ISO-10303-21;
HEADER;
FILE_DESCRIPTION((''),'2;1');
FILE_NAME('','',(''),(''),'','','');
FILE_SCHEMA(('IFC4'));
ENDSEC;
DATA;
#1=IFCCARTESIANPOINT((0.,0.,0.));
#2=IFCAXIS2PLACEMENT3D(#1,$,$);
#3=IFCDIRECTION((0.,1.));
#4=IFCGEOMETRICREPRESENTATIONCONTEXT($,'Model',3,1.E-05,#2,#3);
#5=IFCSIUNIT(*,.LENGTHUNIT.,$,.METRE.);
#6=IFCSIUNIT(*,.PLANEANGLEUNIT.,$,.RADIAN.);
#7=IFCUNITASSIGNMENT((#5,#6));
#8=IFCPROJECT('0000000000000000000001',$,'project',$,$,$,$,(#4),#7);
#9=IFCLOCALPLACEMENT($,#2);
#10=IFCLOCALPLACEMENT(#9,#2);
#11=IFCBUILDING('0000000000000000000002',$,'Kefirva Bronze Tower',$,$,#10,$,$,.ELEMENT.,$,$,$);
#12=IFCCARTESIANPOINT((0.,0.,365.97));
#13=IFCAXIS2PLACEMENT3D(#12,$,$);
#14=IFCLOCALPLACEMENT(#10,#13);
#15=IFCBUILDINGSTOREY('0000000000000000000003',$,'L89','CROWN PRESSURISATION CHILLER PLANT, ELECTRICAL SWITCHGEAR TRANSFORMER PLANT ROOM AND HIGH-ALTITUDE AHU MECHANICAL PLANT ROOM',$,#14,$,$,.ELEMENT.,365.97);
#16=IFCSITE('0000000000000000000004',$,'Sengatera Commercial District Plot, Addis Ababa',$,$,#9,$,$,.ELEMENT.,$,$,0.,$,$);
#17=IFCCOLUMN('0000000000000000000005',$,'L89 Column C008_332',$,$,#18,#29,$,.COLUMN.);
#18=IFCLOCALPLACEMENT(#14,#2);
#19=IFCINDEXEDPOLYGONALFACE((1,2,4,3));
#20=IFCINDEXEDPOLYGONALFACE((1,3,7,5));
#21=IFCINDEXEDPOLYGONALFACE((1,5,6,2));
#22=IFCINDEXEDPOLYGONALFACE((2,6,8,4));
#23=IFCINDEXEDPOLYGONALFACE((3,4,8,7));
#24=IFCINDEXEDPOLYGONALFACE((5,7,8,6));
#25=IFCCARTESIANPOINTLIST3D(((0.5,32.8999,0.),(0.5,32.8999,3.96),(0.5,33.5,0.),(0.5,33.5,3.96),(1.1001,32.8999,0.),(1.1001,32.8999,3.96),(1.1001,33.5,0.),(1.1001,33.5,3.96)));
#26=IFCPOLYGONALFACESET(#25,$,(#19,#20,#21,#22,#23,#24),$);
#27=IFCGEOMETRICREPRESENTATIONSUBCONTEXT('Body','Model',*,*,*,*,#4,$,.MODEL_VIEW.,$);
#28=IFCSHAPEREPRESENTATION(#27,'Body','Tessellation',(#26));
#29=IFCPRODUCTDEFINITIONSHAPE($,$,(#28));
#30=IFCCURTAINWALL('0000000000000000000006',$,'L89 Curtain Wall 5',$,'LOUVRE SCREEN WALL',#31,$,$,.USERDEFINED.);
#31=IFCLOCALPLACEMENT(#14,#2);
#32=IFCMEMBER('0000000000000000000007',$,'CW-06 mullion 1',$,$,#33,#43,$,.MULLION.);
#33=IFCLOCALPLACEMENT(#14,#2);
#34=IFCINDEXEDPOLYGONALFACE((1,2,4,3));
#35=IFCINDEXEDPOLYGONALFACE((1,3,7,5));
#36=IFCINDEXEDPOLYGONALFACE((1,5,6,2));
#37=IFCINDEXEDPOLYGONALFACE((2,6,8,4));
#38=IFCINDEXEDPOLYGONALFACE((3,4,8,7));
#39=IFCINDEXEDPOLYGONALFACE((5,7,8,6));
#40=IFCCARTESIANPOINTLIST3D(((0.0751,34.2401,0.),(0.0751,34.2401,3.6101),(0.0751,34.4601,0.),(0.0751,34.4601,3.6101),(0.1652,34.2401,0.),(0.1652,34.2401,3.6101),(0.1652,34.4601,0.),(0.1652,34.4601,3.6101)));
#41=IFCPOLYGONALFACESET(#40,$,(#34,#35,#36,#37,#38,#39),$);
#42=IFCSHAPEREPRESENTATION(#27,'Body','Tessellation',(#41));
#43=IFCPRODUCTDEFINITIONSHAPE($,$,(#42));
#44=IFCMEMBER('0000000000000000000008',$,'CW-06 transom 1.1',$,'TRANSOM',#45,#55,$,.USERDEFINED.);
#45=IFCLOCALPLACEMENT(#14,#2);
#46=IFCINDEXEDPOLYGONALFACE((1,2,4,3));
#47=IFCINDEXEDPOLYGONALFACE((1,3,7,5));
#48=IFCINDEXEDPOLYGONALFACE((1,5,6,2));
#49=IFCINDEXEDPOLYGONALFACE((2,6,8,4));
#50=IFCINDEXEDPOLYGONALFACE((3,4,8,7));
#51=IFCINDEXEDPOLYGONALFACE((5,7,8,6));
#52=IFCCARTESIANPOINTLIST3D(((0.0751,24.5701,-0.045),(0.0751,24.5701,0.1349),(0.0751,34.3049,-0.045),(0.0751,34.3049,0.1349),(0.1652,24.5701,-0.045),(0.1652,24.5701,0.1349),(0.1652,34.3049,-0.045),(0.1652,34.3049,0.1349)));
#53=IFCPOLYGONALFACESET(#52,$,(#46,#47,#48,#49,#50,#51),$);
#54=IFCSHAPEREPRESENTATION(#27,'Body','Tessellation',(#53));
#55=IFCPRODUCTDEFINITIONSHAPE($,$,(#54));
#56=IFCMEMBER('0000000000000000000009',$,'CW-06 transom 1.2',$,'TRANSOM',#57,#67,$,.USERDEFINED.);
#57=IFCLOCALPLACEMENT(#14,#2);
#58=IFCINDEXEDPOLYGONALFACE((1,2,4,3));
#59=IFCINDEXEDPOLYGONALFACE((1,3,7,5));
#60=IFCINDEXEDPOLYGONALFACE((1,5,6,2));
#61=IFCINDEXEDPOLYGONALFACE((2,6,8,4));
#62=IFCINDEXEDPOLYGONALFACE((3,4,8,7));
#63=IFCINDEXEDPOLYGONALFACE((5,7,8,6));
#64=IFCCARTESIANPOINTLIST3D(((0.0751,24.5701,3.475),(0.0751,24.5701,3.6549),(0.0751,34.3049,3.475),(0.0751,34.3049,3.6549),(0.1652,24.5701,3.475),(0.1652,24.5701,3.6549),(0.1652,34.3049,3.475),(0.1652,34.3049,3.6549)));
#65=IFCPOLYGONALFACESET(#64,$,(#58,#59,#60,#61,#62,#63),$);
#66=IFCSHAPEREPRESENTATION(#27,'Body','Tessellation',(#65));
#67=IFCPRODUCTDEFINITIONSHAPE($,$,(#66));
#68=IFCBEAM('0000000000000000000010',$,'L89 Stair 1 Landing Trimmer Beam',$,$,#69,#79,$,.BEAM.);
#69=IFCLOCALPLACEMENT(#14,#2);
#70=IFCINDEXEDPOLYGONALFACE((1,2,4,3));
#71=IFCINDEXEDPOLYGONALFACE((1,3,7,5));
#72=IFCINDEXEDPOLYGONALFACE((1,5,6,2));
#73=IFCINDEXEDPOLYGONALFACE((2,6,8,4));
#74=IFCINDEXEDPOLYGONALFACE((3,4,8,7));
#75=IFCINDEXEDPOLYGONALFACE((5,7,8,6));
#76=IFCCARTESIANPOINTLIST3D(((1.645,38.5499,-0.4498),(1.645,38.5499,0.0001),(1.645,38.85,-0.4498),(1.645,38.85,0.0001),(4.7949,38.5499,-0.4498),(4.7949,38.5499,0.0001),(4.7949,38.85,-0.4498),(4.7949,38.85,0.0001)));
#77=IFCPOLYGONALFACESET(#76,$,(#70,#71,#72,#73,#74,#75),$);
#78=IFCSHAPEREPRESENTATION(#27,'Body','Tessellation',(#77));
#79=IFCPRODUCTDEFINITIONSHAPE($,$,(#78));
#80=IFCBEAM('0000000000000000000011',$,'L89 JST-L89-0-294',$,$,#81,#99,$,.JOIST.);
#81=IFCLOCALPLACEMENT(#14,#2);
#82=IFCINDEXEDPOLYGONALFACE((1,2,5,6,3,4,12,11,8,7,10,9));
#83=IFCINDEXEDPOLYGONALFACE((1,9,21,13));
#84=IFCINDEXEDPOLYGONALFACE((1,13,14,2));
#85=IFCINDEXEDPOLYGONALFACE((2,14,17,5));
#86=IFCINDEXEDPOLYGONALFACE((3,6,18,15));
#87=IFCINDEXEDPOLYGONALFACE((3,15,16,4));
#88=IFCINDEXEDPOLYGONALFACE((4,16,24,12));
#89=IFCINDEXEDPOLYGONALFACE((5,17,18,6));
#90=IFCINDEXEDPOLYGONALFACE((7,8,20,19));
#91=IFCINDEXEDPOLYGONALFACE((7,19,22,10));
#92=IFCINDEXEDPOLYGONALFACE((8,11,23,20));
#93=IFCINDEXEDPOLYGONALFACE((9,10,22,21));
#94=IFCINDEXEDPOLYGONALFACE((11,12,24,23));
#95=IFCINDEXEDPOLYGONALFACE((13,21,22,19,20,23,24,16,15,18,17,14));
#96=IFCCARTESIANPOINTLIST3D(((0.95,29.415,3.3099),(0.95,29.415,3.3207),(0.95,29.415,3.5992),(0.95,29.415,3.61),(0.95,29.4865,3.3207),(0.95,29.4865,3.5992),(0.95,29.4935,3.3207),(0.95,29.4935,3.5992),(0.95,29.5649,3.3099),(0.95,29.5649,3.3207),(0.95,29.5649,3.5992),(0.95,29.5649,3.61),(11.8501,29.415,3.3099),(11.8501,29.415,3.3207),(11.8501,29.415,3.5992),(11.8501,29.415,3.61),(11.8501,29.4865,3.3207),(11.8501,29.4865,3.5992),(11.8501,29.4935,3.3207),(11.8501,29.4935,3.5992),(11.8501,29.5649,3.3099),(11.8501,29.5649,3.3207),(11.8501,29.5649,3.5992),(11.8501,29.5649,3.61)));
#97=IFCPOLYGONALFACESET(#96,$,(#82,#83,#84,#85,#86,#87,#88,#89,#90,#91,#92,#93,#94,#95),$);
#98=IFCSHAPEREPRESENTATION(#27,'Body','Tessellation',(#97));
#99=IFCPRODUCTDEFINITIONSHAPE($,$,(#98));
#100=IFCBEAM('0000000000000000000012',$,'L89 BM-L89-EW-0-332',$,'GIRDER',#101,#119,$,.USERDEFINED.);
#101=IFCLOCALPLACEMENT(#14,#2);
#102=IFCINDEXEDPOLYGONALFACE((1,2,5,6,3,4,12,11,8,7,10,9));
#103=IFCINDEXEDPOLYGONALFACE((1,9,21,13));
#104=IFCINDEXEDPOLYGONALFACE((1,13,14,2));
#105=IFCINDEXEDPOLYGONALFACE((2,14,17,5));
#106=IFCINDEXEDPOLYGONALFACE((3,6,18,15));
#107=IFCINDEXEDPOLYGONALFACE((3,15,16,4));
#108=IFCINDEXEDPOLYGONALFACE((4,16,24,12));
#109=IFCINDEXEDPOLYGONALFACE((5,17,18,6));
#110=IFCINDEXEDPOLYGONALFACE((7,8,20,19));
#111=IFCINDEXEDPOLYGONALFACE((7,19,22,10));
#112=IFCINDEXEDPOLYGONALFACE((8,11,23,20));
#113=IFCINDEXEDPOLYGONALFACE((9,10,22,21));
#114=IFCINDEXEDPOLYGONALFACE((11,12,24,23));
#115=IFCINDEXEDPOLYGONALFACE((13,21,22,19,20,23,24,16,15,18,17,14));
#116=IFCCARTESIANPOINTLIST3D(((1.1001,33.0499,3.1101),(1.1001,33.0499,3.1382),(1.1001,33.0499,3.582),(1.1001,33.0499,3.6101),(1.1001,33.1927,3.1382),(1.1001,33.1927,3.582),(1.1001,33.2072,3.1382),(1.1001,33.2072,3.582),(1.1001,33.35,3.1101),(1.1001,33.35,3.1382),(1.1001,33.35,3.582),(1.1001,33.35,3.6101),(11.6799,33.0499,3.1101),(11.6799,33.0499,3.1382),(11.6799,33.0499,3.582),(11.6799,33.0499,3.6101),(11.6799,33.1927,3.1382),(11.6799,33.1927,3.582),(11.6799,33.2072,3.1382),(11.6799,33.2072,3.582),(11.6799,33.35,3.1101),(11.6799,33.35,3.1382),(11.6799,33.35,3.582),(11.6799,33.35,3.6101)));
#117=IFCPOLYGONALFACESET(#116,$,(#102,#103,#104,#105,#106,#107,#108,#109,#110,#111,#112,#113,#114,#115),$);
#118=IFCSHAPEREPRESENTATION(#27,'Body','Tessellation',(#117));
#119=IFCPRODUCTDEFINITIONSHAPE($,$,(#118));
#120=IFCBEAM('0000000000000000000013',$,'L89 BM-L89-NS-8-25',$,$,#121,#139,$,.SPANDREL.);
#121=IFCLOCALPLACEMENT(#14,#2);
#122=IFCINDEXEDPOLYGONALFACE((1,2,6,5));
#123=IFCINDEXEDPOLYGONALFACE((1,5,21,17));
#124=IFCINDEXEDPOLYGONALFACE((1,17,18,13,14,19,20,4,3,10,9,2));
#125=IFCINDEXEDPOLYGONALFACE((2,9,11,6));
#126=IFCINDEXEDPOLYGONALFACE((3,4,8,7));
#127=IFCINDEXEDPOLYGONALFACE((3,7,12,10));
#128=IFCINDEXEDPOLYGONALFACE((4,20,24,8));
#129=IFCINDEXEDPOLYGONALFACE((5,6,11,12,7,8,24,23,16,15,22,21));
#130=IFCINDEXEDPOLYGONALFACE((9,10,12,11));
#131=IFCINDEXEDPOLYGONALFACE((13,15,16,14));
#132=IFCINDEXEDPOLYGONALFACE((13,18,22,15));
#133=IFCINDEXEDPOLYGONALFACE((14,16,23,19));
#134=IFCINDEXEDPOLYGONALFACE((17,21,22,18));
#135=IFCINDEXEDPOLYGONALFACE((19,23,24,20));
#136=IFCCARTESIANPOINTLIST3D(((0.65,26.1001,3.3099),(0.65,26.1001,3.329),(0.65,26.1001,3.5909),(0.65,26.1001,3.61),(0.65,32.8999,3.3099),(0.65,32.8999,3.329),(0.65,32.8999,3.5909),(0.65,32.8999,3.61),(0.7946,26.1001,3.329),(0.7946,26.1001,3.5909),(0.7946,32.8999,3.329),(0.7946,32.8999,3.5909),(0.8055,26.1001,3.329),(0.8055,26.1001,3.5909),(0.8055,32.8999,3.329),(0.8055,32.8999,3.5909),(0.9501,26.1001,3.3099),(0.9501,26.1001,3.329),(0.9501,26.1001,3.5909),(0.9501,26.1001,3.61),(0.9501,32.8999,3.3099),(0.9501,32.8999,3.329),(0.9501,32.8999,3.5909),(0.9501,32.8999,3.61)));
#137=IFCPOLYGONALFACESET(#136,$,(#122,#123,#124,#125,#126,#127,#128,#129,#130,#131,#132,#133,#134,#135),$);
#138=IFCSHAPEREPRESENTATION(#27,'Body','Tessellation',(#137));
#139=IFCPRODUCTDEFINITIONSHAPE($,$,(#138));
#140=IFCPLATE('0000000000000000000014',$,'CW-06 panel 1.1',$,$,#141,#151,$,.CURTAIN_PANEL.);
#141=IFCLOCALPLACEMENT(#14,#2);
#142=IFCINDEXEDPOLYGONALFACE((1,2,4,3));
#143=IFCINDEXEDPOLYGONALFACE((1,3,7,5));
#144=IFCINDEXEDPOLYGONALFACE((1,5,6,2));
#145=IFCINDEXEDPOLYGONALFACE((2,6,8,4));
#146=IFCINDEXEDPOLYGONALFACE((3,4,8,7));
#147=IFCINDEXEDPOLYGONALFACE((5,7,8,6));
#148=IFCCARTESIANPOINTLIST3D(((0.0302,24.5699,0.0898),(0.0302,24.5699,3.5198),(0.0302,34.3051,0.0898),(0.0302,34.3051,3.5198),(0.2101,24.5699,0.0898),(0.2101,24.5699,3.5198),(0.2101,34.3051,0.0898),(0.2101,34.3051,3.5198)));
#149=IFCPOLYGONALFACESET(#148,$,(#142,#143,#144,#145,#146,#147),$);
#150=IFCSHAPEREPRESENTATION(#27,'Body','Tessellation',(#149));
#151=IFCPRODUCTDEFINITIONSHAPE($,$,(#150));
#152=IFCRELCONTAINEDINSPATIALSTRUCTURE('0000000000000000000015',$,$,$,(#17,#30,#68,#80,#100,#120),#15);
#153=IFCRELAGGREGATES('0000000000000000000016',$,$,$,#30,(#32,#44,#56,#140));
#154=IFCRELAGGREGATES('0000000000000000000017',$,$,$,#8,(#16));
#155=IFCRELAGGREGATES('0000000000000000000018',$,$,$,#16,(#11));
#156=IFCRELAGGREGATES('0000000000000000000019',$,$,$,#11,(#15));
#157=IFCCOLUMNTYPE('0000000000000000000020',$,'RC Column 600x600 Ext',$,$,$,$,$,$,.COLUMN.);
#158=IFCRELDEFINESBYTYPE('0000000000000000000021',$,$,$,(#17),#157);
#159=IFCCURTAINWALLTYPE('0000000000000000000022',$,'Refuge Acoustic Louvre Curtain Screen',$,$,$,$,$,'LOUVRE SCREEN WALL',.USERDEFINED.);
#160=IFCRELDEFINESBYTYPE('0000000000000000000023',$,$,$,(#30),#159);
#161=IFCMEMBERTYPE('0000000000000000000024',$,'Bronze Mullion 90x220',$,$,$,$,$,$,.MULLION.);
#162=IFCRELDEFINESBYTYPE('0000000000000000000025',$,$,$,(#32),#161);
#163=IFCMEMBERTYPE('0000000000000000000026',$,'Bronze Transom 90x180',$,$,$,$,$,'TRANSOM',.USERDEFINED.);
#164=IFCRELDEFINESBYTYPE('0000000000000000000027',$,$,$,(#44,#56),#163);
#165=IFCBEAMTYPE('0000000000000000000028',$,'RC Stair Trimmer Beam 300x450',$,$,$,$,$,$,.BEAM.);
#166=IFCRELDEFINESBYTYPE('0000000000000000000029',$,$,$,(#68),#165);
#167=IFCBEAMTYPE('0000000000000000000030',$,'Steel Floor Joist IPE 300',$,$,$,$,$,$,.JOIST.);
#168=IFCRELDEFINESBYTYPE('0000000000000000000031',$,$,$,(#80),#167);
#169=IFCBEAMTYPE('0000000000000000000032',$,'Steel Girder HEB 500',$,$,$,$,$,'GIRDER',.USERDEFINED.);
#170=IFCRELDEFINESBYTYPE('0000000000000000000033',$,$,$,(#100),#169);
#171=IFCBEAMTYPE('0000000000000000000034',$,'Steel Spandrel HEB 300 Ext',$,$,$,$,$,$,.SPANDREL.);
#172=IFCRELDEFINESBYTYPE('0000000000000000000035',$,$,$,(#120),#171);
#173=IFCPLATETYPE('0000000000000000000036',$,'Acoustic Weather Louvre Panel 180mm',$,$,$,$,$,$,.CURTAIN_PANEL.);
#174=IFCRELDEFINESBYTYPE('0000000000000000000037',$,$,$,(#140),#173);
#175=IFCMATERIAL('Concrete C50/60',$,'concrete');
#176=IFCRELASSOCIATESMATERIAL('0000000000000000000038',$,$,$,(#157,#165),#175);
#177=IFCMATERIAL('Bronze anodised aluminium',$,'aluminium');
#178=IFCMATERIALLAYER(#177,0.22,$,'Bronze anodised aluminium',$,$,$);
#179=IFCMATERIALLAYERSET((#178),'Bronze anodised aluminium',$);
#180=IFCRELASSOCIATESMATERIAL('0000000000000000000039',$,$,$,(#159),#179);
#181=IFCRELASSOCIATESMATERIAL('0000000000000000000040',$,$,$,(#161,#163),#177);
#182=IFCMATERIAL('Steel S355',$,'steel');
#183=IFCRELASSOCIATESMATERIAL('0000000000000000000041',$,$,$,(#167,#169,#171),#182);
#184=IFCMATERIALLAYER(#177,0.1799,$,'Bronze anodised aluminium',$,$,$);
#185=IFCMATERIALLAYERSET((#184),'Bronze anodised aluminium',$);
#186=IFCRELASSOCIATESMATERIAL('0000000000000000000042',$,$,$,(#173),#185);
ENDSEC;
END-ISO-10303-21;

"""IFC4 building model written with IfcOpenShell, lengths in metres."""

from ifc_helpers import new_model, si_unit, direction, frame, origin, origin_2d, place, context, subcontext, project, spatial, rectangle, i_section, extrude, material, layer, layer_set, material_profile, profile_set, type_object, element, aggregate, save


model = new_model("IFC4")

# Units and contexts
model_context = context("Model", 3, precision=1e-05, world=origin(), true_north=direction((0.0, 1.0)))
body_context = subcontext(model_context, "Body", "Model", "MODEL_VIEW")
ifc_project = project(units=[si_unit("LENGTHUNIT", "METRE"), si_unit("PLANEANGLEUNIT", "RADIAN")], contexts=[model_context])

# Site, building, storey
site_placement = place(None, origin())
site = spatial("IfcSite", under=ifc_project, at=site_placement, Name="Sengatera Commercial District Plot, Addis Ababa", CompositionType="ELEMENT", RefElevation=0.0)
building_placement = place(site_placement, origin())
building = spatial("IfcBuilding", under=site, at=building_placement, Name="Kefirva Bronze Tower", CompositionType="ELEMENT")
storey_placement = place(building_placement, frame((0.0, 0.0, 365.97)))
storey = spatial("IfcBuildingStorey", under=building, at=storey_placement, Name="L89", Description="CROWN PRESSURISATION CHILLER PLANT, ELECTRICAL SWITCHGEAR TRANSFORMER PLANT ROOM AND HIGH-ALTITUDE AHU MECHANICAL PLANT ROOM", CompositionType="ELEMENT", Elevation=365.97)

# Column
ifc_material_1 = material(Name="Concrete C50/60", Category="concrete")
ifc_material_profile_1 = material_profile(ifc_material_1, rectangle(XDim=0.6001, YDim=0.6001, at=origin_2d()), Name="RC 600x600")
ifc_profile_set_1 = profile_set([ifc_material_profile_1], Name="Concrete C50/60")
column_type = type_object("IfcColumnType", Name="RC Column 600x600 Ext", PredefinedType="COLUMN", material=ifc_profile_set_1)
column_placement = place(storey_placement, frame((0.8, 33.2, 0.0), z_axis=(0.0, 0.0, 1.0), x_axis=(1.0, 0.0, 0.0)))
element("IfcColumn", 1, at=column_placement, inside=storey, type_object=column_type, Name="L89 Column C008_332", PredefinedType="COLUMN", context=body_context, shape_type="SweptSolid", body=[
    extrude(rectangle(XDim=0.6001, YDim=0.6001, at=origin_2d()), origin(), (0.0, 0.0, 1.0), 3.96),
])

# Curtain wall, members
ifc_material_2 = material(Name="Bronze anodised aluminium", Category="aluminium")
ifc_layer_1 = layer(ifc_material_2, 0.22, Name="Bronze anodised aluminium")
ifc_layer_set_1 = layer_set([ifc_layer_1], Name="Bronze anodised aluminium")
curtain_wall_type = type_object("IfcCurtainWallType", Name="Refuge Acoustic Louvre Curtain Screen", ElementType="LOUVRE SCREEN WALL", PredefinedType="USERDEFINED", material=ifc_layer_set_1)
curtain_wall_placement = place(storey_placement, origin())
curtain_wall = element("IfcCurtainWall", 2, at=curtain_wall_placement, inside=storey, type_object=curtain_wall_type, Name="L89 Curtain Wall 5", ObjectType="LOUVRE SCREEN WALL", PredefinedType="USERDEFINED")
ifc_material_profile_2 = material_profile(ifc_material_2, rectangle(XDim=0.0901, YDim=0.22, at=origin_2d()), Name="ALU 90x220")
ifc_profile_set_2 = profile_set([ifc_material_profile_2], Name="Bronze anodised aluminium")
member_type_1 = type_object("IfcMemberType", Name="Bronze Mullion 90x220", PredefinedType="MULLION", material=ifc_profile_set_2)
member_1_placement = place(storey_placement, frame((0.1201, 34.3501, 0.0), z_axis=(0.0, 0.0, 1.0), x_axis=(1.0, 0.0, 0.0)))
member_1 = element("IfcMember", 3, at=member_1_placement, type_object=member_type_1, Name="CW-06 mullion 1", PredefinedType="MULLION", context=body_context, shape_type="SweptSolid", body=[
    extrude(rectangle(XDim=0.0901, YDim=0.22, at=origin_2d()), origin(), (0.0, 0.0, 1.0), 3.6101),
])
ifc_material_profile_3 = material_profile(ifc_material_2, rectangle(XDim=0.0901, YDim=0.1799, at=origin_2d()), Name="ALU 90x180")
ifc_profile_set_3 = profile_set([ifc_material_profile_3], Name="Bronze anodised aluminium")
member_type_2 = type_object("IfcMemberType", Name="Bronze Transom 90x180", ElementType="TRANSOM", PredefinedType="USERDEFINED", material=ifc_profile_set_3)
member_2_placement = place(storey_placement, frame((0.1201, 34.3049, 0.0449), z_axis=(0.0, -1.0, 0.0), x_axis=(1.0, 0.0, 0.0)))
member_2 = element("IfcMember", 4, at=member_2_placement, type_object=member_type_2, Name="CW-06 transom 1.1", ObjectType="TRANSOM", PredefinedType="USERDEFINED", context=body_context, shape_type="SweptSolid", body=[
    extrude(rectangle(XDim=0.0901, YDim=0.1799, at=origin_2d()), origin(), (0.0, 0.0, 1.0), 9.7349),
])
member_3_placement = place(storey_placement, frame((0.1201, 34.3049, 3.5649), z_axis=(0.0, -1.0, 0.0), x_axis=(1.0, 0.0, 0.0)))
member_3 = element("IfcMember", 5, at=member_3_placement, type_object=member_type_2, Name="CW-06 transom 1.2", ObjectType="TRANSOM", PredefinedType="USERDEFINED", context=body_context, shape_type="SweptSolid", body=[
    extrude(rectangle(XDim=0.0901, YDim=0.1799, at=origin_2d()), origin(), (0.0, 0.0, 1.0), 9.7349),
])

# Beams
ifc_material_profile_4 = material_profile(ifc_material_1, rectangle(XDim=0.3, YDim=0.45, at=origin_2d()), Name="RC 300x450")
ifc_profile_set_4 = profile_set([ifc_material_profile_4], Name="Concrete C50/60")
beam_type_1 = type_object("IfcBeamType", Name="RC Stair Trimmer Beam 300x450", PredefinedType="BEAM", material=ifc_profile_set_4)
beam_1_placement = place(storey_placement, frame((1.645, 38.7, -0.2249), z_axis=(1.0, 0.0, 0.0), x_axis=(0.0, 1.0, 0.0)))
element("IfcBeam", 6, at=beam_1_placement, inside=storey, type_object=beam_type_1, Name="L89 Stair 1 Landing Trimmer Beam", PredefinedType="BEAM", context=body_context, shape_type="SweptSolid", body=[
    extrude(rectangle(XDim=0.3, YDim=0.45, at=origin_2d()), origin(), (0.0, 0.0, 1.0), 3.1499),
])
ifc_material_3 = material(Name="Steel S355", Category="steel")
ifc_material_profile_5 = material_profile(ifc_material_3, i_section(OverallWidth=0.1499, OverallDepth=0.3, WebThickness=0.0071, FlangeThickness=0.0107, at=origin_2d()), Name="IPE 300")
ifc_profile_set_5 = profile_set([ifc_material_profile_5], Name="Steel S355")
beam_type_2 = type_object("IfcBeamType", Name="Steel Floor Joist IPE 300", PredefinedType="JOIST", material=ifc_profile_set_5)
beam_2_placement = place(storey_placement, frame((0.95, 29.49, 3.46), z_axis=(1.0, 0.0, 0.0), x_axis=(0.0, 1.0, 0.0)))
element("IfcBeam", 7, at=beam_2_placement, inside=storey, type_object=beam_type_2, Name="L89 JST-L89-0-294", PredefinedType="JOIST", context=body_context, shape_type="SweptSolid", body=[
    extrude(i_section(OverallWidth=0.1499, OverallDepth=0.3, WebThickness=0.0071, FlangeThickness=0.0107, at=origin_2d()), origin(), (0.0, 0.0, 1.0), 10.9001),
])
ifc_material_profile_6 = material_profile(ifc_material_3, i_section(OverallWidth=0.3, OverallDepth=0.5, WebThickness=0.0144, FlangeThickness=0.0281, at=origin_2d()), Name="HEB 500")
ifc_profile_set_6 = profile_set([ifc_material_profile_6], Name="Steel S355")
beam_type_3 = type_object("IfcBeamType", Name="Steel Girder HEB 500", ElementType="GIRDER", PredefinedType="USERDEFINED", material=ifc_profile_set_6)
beam_3_placement = place(storey_placement, frame((1.1001, 33.2, 3.3601), z_axis=(1.0, 0.0, 0.0), x_axis=(0.0, 1.0, 0.0)))
element("IfcBeam", 8, at=beam_3_placement, inside=storey, type_object=beam_type_3, Name="L89 BM-L89-EW-0-332", ObjectType="GIRDER", PredefinedType="USERDEFINED", context=body_context, shape_type="SweptSolid", body=[
    extrude(i_section(OverallWidth=0.3, OverallDepth=0.5, WebThickness=0.0144, FlangeThickness=0.0281, at=origin_2d()), origin(), (0.0, 0.0, 1.0), 10.5798),
])
ifc_material_profile_7 = material_profile(ifc_material_3, i_section(OverallWidth=0.3, OverallDepth=0.3, WebThickness=0.011, FlangeThickness=0.019, at=origin_2d()), Name="HEB 300")
ifc_profile_set_7 = profile_set([ifc_material_profile_7], Name="Steel S355")
beam_type_4 = type_object("IfcBeamType", Name="Steel Spandrel HEB 300 Ext", PredefinedType="SPANDREL", material=ifc_profile_set_7)
beam_4_placement = place(storey_placement, frame((0.8, 26.1001, 3.46), z_axis=(0.0, 1.0, 0.0), x_axis=(-1.0, 0.0, 0.0)))
element("IfcBeam", 9, at=beam_4_placement, inside=storey, type_object=beam_type_4, Name="L89 BM-L89-NS-8-25", PredefinedType="SPANDREL", context=body_context, shape_type="SweptSolid", body=[
    extrude(i_section(OverallWidth=0.3, OverallDepth=0.3, WebThickness=0.011, FlangeThickness=0.019, at=origin_2d()), origin(), (0.0, 0.0, 1.0), 6.7998),
])

# Plate
ifc_layer_2 = layer(ifc_material_2, 0.1799, Name="Bronze anodised aluminium")
ifc_layer_set_2 = layer_set([ifc_layer_2], Name="Bronze anodised aluminium")
plate_type = type_object("IfcPlateType", Name="Acoustic Weather Louvre Panel 180mm", PredefinedType="CURTAIN_PANEL", material=ifc_layer_set_2)
plate_placement = place(storey_placement, frame((0.1201, 29.4375, 0.0898), z_axis=(0.0, 0.0, 1.0), x_axis=(0.0, -1.0, 0.0)))
plate = element("IfcPlate", 10, at=plate_placement, type_object=plate_type, Name="CW-06 panel 1.1", PredefinedType="CURTAIN_PANEL", context=body_context, shape_type="SweptSolid", body=[
    extrude(rectangle(XDim=9.7351, YDim=0.1799, at=origin_2d()), origin(), (0.0, 0.0, 1.0), 3.4299),
])
aggregate(curtain_wall, [member_1, member_2, member_3, plate])

save(model, "model.ifc")
